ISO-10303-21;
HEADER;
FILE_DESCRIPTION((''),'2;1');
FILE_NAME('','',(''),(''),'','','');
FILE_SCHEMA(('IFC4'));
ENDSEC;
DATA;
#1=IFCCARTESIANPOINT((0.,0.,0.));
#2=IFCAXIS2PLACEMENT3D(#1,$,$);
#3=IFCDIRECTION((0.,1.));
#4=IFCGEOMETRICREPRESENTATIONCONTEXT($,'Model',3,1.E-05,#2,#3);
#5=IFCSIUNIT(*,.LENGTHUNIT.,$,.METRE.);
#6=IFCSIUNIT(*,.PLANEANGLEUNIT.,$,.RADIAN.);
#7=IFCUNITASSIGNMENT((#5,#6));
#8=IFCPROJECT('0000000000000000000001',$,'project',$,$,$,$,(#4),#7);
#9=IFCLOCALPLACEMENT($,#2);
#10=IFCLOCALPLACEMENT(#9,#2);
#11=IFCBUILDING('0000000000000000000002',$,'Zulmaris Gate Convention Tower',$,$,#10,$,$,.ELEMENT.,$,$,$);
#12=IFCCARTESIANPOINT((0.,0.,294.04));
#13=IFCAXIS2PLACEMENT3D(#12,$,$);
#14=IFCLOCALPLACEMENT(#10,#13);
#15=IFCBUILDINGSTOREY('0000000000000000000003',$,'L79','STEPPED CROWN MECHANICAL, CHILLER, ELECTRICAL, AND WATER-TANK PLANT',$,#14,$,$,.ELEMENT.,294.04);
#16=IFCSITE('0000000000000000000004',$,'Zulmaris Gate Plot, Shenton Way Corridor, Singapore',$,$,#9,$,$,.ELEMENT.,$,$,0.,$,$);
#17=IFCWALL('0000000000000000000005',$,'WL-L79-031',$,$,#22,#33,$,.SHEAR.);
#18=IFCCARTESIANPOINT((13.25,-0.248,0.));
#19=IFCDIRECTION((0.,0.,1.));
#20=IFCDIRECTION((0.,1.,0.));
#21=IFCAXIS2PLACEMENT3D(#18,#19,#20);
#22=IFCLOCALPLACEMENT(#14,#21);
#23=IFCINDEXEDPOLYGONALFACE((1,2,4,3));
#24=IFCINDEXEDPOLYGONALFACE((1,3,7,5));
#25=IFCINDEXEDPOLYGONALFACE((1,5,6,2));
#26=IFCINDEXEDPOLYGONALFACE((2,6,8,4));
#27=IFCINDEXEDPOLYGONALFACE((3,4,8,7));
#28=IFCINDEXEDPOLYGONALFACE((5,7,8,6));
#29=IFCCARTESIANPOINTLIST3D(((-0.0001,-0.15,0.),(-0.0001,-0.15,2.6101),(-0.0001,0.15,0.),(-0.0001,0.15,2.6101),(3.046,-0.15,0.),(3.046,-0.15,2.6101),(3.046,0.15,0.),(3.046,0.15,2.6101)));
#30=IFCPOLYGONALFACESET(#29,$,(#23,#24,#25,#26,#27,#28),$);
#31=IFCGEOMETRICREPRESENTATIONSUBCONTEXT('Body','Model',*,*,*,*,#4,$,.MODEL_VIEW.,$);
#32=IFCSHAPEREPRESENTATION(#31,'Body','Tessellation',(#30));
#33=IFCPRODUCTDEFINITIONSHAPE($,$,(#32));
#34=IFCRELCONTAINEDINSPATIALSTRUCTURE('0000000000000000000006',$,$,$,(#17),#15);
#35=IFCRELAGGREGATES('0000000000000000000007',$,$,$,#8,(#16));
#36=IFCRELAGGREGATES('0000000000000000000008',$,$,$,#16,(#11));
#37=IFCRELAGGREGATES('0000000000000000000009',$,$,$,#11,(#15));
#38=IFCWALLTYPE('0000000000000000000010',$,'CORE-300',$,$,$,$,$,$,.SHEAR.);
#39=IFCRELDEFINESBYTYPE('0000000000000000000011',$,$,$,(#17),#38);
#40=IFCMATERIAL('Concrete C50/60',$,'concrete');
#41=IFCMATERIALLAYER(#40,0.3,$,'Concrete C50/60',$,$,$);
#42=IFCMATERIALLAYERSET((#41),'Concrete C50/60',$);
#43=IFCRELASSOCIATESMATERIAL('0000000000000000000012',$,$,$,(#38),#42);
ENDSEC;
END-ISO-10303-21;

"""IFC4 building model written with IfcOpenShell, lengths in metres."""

from ifc_helpers import new_model, si_unit, direction, frame, frame_2d, origin, place, context, subcontext, project, spatial, rectangle, extrude, material, layer, layer_set, type_object, element, save


model = new_model("IFC4")

# Units and contexts
model_context = context("Model", 3, precision=1e-05, world=origin(), true_north=direction((0.0, 1.0)))
body_context = subcontext(model_context, "Body", "Model", "MODEL_VIEW")
ifc_project = project(units=[si_unit("LENGTHUNIT", "METRE"), si_unit("PLANEANGLEUNIT", "RADIAN")], contexts=[model_context])

# Site, building, storey
site_placement = place(None, origin())
site = spatial("IfcSite", under=ifc_project, at=site_placement, Name="Zulmaris Gate Plot, Shenton Way Corridor, Singapore", CompositionType="ELEMENT", RefElevation=0.0)
building_placement = place(site_placement, origin())
building = spatial("IfcBuilding", under=site, at=building_placement, Name="Zulmaris Gate Convention Tower", CompositionType="ELEMENT")
storey_placement = place(building_placement, frame((0.0, 0.0, 294.04)))
storey = spatial("IfcBuildingStorey", under=building, at=storey_placement, Name="L79", Description="STEPPED CROWN MECHANICAL, CHILLER, ELECTRICAL, AND WATER-TANK PLANT", CompositionType="ELEMENT", Elevation=294.04)

# Shared definitions
ifc_material_1 = material(Name="Concrete C50/60", Category="concrete")

# Wall
ifc_layer_1 = layer(ifc_material_1, 0.3, Name="Concrete C50/60")
ifc_layer_set_1 = layer_set([ifc_layer_1], Name="Concrete C50/60")
wall_type_1 = type_object("IfcWallType", Name="CORE-300", PredefinedType="SHEAR", material=ifc_layer_set_1)
wall_1_placement = place(storey_placement, frame((13.25, -0.248, 0.0), z_axis=(0.0, 0.0, 1.0), x_axis=(0.0, 1.0, 0.0)))
element("IfcWall", 1, at=wall_1_placement, inside=storey, type_object=wall_type_1, Name="WL-L79-031", PredefinedType="SHEAR", context=body_context, shape_type="SweptSolid", body=[
    extrude(rectangle(XDim=3.0461, YDim=0.3, at=frame_2d((1.5229, 0.0))), origin(), (0.0, 0.0, 1.0), 2.6101),
])

save(model, "model.ifc")
